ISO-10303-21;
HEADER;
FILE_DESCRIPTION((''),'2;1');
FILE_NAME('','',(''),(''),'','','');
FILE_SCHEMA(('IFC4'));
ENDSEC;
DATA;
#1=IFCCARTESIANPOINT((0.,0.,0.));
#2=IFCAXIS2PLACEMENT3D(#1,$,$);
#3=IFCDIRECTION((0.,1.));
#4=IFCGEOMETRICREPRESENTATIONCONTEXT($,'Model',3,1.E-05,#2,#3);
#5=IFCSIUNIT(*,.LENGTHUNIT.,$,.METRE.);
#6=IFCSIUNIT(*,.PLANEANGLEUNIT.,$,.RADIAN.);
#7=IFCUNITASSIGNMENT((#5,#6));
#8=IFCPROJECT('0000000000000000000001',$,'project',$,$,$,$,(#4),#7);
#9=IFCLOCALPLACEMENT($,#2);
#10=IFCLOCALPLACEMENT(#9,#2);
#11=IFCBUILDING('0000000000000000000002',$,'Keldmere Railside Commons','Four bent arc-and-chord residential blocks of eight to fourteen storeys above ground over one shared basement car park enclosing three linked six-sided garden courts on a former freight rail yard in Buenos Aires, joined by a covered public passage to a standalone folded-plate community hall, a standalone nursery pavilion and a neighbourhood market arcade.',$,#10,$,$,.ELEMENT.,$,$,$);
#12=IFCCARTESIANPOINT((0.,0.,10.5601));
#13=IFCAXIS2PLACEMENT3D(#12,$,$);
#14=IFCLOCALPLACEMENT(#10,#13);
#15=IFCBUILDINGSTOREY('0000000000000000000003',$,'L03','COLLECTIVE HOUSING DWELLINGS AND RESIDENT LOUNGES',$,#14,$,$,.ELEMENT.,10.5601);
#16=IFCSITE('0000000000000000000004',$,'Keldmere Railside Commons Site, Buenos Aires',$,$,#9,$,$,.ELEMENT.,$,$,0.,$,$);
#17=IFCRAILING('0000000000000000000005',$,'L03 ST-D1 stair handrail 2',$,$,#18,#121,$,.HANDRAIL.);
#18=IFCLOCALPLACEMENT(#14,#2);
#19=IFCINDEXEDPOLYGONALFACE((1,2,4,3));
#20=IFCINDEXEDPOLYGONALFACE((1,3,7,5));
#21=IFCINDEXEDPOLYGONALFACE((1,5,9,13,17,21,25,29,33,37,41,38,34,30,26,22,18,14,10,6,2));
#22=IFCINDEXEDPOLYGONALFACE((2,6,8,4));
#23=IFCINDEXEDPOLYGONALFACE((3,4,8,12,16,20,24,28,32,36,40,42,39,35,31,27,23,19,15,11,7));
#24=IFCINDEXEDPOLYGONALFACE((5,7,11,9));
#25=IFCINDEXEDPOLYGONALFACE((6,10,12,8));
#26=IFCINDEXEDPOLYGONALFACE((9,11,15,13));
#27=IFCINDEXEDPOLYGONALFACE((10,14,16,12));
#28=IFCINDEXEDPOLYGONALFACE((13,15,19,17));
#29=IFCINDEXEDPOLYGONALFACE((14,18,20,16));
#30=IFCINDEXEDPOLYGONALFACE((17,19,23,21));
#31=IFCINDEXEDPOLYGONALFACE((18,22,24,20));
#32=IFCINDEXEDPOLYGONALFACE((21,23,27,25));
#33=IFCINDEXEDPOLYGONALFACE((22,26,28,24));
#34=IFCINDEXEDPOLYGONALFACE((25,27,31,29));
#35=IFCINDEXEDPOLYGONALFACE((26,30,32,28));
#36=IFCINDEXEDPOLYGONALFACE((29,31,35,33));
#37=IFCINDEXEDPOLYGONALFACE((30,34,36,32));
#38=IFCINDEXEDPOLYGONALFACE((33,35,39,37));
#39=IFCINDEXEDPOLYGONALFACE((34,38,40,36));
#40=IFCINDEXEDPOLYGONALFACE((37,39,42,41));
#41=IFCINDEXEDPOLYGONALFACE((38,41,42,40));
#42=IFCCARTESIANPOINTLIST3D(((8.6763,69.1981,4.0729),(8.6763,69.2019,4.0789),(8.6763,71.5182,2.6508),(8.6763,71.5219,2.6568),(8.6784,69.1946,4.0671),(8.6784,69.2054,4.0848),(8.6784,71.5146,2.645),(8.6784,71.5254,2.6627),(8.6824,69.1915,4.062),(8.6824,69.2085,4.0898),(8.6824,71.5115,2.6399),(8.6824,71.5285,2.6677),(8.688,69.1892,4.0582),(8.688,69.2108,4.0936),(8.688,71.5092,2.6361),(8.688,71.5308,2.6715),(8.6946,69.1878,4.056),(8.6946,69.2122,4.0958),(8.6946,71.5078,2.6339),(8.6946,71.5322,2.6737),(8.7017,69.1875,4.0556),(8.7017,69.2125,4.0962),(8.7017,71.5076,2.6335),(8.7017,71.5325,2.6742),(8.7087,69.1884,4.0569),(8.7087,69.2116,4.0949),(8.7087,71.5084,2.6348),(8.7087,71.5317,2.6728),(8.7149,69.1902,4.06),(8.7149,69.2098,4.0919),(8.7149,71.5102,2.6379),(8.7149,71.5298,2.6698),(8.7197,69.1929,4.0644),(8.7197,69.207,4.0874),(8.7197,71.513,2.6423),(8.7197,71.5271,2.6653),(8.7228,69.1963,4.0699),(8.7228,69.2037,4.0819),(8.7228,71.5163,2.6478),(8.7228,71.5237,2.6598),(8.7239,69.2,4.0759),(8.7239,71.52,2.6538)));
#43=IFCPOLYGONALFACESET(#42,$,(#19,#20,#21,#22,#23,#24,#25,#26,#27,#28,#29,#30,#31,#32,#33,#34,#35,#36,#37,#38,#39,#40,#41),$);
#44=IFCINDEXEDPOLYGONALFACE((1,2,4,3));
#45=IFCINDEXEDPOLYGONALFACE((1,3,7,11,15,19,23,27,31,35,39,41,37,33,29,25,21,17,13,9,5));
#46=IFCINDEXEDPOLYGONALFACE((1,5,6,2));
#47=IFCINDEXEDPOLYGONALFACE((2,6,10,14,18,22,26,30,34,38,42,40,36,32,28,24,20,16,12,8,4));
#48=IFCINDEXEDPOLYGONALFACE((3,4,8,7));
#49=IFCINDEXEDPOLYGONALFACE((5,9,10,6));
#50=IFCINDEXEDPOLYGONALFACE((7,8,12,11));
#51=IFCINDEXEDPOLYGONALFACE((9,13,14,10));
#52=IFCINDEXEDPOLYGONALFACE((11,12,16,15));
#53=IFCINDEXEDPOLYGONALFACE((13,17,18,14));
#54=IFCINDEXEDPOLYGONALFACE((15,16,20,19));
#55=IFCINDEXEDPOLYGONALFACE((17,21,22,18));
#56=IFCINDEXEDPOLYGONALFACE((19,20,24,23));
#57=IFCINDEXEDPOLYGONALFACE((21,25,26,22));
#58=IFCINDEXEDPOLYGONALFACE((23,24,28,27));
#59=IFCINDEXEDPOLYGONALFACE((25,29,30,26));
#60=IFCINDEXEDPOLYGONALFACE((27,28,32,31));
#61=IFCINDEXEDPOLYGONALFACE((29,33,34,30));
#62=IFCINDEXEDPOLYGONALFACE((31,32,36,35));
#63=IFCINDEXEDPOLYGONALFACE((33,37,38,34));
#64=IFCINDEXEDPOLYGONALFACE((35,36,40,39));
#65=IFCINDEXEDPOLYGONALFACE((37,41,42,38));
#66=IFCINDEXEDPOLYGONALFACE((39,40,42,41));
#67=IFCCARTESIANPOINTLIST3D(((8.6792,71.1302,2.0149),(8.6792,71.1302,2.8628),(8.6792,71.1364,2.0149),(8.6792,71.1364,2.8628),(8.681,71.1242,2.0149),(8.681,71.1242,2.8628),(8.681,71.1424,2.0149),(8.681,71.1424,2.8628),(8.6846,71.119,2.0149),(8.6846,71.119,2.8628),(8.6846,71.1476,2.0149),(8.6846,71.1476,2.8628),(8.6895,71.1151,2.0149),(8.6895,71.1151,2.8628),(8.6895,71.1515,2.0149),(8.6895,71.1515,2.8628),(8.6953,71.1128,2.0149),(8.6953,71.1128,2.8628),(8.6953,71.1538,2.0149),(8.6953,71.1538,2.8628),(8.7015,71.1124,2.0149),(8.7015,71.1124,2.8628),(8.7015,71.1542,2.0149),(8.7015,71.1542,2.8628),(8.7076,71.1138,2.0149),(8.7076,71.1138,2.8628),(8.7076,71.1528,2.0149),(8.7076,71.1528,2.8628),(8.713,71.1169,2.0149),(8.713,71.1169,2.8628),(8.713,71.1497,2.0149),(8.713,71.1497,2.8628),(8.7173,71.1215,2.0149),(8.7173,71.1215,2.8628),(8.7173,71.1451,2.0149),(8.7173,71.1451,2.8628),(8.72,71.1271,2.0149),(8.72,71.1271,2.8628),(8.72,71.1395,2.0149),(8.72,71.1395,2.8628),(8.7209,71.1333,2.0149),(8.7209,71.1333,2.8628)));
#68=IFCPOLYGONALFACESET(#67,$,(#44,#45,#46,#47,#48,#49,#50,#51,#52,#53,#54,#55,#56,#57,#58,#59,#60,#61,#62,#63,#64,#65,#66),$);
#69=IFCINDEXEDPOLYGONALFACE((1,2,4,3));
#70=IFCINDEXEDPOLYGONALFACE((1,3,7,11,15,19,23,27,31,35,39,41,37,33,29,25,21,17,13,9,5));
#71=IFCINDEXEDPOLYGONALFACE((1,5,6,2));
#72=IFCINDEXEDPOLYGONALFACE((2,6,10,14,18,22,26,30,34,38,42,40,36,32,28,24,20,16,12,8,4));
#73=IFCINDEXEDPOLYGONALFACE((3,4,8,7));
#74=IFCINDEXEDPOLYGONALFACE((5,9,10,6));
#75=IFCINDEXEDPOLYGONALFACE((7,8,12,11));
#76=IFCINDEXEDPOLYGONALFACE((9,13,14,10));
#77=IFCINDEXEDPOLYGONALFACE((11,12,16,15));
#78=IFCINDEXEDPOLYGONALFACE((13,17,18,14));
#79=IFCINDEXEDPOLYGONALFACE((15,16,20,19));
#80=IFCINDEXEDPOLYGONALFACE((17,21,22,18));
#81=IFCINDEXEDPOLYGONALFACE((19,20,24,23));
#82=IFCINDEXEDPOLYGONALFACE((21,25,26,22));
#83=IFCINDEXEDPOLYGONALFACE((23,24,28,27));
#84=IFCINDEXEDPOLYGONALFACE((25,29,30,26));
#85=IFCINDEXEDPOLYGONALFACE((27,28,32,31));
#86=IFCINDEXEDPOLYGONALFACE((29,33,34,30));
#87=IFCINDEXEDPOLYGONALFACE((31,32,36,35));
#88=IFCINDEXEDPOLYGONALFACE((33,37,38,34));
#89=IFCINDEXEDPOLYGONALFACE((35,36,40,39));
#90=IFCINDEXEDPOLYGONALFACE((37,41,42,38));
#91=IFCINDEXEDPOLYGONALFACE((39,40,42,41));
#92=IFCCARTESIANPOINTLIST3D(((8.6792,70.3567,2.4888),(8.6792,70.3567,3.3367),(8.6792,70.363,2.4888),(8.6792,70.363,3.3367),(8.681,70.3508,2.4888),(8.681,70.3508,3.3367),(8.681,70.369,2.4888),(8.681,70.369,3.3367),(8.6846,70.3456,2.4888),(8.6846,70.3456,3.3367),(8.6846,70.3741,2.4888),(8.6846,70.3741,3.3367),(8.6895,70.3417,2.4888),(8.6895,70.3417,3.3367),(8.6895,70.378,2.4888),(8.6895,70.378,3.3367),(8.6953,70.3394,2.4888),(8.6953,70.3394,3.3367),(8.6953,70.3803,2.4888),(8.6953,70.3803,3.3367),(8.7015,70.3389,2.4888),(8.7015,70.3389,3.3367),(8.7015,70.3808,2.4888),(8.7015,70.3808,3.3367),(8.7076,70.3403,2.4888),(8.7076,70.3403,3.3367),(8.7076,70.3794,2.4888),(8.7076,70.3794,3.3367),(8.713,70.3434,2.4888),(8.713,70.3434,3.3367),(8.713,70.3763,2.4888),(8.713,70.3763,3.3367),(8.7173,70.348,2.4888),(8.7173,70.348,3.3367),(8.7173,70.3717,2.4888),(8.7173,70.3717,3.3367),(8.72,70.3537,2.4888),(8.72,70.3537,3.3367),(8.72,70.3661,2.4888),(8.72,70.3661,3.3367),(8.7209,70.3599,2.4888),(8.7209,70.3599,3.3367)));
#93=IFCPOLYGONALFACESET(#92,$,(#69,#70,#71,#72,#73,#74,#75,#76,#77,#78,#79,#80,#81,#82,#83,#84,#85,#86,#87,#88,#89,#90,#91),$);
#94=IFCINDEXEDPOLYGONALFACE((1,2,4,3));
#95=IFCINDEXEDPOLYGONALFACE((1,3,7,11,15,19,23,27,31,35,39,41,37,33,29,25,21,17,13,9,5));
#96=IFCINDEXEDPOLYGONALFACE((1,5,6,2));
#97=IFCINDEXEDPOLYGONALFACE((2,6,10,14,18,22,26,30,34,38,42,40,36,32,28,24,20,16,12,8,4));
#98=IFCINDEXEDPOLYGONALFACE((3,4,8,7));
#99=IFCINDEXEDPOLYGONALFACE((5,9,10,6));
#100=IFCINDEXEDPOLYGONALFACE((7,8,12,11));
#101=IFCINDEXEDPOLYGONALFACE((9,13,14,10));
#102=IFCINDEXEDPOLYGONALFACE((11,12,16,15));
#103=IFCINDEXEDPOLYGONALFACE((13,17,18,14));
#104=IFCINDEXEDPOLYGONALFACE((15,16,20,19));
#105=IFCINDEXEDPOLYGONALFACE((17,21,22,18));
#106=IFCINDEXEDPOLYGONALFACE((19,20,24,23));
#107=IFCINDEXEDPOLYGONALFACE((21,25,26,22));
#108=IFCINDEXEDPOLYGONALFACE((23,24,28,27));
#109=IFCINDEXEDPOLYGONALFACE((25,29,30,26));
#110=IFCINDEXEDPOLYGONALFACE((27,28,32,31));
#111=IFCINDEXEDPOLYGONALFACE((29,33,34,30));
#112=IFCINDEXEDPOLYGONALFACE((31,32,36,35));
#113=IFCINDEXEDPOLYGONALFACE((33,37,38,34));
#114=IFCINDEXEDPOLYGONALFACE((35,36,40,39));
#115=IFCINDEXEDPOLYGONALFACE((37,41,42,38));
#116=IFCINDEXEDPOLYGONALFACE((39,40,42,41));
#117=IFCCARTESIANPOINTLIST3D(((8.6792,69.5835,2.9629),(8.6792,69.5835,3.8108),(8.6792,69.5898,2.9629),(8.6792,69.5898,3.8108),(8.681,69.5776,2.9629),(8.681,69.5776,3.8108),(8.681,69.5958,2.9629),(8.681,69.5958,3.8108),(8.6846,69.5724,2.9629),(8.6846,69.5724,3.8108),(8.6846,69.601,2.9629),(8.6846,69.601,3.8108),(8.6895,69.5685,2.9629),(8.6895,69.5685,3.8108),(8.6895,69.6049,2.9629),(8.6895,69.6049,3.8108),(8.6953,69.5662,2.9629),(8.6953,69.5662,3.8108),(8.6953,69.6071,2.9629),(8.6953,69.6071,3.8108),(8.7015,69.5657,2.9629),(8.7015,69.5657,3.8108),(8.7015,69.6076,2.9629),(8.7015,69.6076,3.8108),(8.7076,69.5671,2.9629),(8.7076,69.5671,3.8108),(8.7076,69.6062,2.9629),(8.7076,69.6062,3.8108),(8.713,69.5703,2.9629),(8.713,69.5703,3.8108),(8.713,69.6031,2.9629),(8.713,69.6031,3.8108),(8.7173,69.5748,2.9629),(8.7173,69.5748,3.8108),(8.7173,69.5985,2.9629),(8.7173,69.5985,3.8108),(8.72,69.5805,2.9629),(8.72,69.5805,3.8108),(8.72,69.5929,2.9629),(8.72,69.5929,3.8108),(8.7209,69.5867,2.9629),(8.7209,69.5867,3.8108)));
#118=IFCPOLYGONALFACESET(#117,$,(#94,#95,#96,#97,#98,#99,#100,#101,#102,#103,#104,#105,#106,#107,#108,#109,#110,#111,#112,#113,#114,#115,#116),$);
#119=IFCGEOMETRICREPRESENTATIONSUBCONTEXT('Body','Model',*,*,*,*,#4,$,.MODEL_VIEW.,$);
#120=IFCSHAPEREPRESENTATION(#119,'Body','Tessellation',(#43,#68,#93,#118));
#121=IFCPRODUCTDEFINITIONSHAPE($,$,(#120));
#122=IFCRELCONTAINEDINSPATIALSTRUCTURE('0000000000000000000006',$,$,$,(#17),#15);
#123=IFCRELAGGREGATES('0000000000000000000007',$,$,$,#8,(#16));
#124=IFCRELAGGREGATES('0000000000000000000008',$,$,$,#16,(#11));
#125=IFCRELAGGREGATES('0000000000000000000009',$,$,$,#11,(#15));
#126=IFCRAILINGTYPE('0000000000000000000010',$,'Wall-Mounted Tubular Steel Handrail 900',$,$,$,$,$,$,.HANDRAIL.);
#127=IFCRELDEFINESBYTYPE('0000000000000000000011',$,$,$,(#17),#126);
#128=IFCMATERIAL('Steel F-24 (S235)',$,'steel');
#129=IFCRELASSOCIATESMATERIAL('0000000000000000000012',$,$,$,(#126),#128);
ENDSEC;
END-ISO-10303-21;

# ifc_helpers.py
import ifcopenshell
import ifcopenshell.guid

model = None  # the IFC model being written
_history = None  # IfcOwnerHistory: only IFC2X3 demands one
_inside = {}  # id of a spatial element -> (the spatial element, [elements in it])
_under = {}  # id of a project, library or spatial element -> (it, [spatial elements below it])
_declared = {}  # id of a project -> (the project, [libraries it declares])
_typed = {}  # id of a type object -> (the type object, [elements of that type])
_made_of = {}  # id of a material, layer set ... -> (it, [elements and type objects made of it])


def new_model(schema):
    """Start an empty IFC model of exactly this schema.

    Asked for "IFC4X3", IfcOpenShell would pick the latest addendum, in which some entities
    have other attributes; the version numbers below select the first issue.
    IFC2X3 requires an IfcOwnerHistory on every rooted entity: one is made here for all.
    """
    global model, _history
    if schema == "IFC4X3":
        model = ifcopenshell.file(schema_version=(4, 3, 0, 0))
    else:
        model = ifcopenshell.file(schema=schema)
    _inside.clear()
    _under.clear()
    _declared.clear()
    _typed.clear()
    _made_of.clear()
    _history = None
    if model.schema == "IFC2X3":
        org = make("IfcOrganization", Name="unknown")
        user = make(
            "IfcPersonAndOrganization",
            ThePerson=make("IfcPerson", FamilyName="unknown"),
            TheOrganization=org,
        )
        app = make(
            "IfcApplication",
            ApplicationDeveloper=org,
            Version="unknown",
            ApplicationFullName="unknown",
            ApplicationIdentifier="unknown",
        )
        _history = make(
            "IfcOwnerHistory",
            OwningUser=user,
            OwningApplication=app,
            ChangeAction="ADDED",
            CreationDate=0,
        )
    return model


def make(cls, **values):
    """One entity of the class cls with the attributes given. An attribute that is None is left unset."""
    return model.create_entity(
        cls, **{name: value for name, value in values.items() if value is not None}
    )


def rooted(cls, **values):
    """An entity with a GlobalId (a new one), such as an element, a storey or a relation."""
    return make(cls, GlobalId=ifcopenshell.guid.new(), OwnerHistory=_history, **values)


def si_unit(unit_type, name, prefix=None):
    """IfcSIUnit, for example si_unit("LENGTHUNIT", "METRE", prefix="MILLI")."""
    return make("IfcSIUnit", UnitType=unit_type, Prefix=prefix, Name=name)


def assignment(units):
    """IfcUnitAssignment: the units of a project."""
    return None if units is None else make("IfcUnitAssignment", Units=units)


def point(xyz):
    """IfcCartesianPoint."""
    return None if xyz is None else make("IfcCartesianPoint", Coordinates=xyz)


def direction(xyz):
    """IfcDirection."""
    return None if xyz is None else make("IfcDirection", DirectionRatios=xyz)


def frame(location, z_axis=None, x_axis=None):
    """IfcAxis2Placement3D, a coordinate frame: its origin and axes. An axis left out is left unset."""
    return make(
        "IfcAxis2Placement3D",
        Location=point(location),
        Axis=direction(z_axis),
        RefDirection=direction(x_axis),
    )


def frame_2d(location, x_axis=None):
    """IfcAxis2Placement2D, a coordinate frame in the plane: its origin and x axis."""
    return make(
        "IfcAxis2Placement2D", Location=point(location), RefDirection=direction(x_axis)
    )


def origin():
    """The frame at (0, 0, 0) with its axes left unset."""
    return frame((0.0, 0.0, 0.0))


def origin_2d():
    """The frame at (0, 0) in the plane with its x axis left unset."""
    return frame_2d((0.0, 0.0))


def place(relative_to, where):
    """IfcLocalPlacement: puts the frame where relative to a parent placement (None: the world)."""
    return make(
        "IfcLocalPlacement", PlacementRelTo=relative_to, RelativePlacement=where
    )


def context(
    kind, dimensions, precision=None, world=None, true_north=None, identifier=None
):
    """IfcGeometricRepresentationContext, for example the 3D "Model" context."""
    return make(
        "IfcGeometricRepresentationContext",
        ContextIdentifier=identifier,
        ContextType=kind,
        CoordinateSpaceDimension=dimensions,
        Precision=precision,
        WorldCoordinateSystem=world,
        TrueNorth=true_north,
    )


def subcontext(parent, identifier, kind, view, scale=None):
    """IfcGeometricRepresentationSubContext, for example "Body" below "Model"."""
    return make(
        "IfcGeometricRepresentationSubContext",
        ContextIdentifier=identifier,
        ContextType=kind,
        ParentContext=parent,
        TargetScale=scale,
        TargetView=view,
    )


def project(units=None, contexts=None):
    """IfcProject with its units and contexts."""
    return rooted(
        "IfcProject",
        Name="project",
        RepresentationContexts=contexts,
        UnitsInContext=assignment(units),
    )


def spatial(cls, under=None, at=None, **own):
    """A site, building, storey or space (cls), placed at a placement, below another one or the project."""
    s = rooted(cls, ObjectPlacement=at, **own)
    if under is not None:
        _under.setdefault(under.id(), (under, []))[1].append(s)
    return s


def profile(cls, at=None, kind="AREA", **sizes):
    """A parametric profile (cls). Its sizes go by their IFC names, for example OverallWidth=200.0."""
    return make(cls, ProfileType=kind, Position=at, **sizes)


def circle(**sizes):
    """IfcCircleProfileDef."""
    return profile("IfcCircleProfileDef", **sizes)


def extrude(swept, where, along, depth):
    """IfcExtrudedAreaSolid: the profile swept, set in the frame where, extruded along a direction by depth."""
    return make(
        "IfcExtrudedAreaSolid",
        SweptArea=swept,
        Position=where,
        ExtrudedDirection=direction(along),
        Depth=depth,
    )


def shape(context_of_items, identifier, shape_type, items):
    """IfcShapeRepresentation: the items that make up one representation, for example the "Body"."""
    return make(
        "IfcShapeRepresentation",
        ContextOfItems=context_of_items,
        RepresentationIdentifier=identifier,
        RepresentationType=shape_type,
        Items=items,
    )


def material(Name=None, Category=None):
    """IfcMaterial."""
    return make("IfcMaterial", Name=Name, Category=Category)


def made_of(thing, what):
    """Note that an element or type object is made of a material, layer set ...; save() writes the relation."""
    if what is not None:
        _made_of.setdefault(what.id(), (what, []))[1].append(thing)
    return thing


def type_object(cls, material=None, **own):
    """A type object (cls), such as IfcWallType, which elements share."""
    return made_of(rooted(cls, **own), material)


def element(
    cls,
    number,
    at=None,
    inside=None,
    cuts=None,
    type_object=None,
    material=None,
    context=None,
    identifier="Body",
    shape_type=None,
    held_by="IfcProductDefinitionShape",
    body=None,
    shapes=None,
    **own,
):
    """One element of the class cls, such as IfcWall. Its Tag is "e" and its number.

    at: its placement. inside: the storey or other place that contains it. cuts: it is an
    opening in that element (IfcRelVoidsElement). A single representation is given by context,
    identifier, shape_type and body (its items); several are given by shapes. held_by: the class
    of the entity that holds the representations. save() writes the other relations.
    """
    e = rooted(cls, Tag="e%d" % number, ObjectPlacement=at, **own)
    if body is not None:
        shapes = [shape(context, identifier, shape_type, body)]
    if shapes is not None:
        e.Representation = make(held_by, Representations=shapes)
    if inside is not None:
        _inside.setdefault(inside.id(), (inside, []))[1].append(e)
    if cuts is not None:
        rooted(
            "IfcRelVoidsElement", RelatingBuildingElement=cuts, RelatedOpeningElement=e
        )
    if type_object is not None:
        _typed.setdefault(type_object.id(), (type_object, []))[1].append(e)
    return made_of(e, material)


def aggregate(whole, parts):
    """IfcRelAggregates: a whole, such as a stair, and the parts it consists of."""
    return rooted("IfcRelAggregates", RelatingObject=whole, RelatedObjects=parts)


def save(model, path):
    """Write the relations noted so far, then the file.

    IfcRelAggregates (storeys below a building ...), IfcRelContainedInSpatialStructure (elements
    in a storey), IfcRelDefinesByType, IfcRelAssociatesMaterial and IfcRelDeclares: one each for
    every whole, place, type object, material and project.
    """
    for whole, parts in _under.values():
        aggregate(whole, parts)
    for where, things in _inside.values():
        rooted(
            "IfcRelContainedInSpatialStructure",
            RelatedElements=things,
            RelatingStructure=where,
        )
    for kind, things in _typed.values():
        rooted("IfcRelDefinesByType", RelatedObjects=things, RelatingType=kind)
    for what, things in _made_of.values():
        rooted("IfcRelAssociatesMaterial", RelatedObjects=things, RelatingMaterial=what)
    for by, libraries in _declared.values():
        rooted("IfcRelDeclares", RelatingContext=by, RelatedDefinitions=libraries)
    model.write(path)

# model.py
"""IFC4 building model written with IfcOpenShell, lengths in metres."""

from ifc_helpers import new_model, si_unit, direction, frame, origin, origin_2d, place, context, subcontext, project, spatial, circle, extrude, material, type_object, element, save


model = new_model("IFC4")

# Units and contexts
model_context = context("Model", 3, precision=1e-05, world=origin(), true_north=direction((0.0, 1.0)))
body_context = subcontext(model_context, "Body", "Model", "MODEL_VIEW")
ifc_project = project(units=[si_unit("LENGTHUNIT", "METRE"), si_unit("PLANEANGLEUNIT", "RADIAN")], contexts=[model_context])

# Site, building, storey
site_placement = place(None, origin())
site = spatial("IfcSite", under=ifc_project, at=site_placement, Name="Keldmere Railside Commons Site, Buenos Aires", CompositionType="ELEMENT", RefElevation=0.0)
building_placement = place(site_placement, origin())
building = spatial("IfcBuilding", under=site, at=building_placement, Name="Keldmere Railside Commons", Description="Four bent arc-and-chord residential blocks of eight to fourteen storeys above ground over one shared basement car park enclosing three linked six-sided garden courts on a former freight rail yard in Buenos Aires, joined by a covered public passage to a standalone folded-plate community hall, a standalone nursery pavilion and a neighbourhood market arcade.", CompositionType="ELEMENT")
storey_placement = place(building_placement, frame((0.0, 0.0, 10.5601)))
storey = spatial("IfcBuildingStorey", under=building, at=storey_placement, Name="L03", Description="COLLECTIVE HOUSING DWELLINGS AND RESIDENT LOUNGES", CompositionType="ELEMENT", Elevation=10.5601)

# Railing
ifc_material_1 = material(Name="Steel F-24 (S235)", Category="steel")
railing_type_1 = type_object("IfcRailingType", Name="Wall-Mounted Tubular Steel Handrail 900", PredefinedType="HANDRAIL", material=ifc_material_1)
railing_1_placement = place(storey_placement, frame((8.7, 71.52, 1.7778)))
element("IfcRailing", 1, at=railing_1_placement, inside=storey, type_object=railing_type_1, Name="L03 ST-D1 stair handrail 2", PredefinedType="HANDRAIL", context=body_context, shape_type="SweptSolid", body=[
    extrude(circle(Radius=0.0239, at=origin_2d()), frame((0.0, 0.0, 0.876), z_axis=(0.0, -0.852578, 0.5226), x_axis=(1.0, 0.0, 0.0)), (0.0, 0.0, 1.0), 2.7212),
    extrude(circle(Radius=0.021, at=origin_2d()), frame((0.0, -0.3867, 0.2371)), (0.0, 0.0, 1.0), 0.8479),
    extrude(circle(Radius=0.021, at=origin_2d()), frame((0.0, -1.1602, 0.7109)), (0.0, 0.0, 1.0), 0.8479),
    extrude(circle(Radius=0.021, at=origin_2d()), frame((0.0, -1.9333, 1.1851)), (0.0, 0.0, 1.0), 0.8479),
])

save(model, "model.ifc")
